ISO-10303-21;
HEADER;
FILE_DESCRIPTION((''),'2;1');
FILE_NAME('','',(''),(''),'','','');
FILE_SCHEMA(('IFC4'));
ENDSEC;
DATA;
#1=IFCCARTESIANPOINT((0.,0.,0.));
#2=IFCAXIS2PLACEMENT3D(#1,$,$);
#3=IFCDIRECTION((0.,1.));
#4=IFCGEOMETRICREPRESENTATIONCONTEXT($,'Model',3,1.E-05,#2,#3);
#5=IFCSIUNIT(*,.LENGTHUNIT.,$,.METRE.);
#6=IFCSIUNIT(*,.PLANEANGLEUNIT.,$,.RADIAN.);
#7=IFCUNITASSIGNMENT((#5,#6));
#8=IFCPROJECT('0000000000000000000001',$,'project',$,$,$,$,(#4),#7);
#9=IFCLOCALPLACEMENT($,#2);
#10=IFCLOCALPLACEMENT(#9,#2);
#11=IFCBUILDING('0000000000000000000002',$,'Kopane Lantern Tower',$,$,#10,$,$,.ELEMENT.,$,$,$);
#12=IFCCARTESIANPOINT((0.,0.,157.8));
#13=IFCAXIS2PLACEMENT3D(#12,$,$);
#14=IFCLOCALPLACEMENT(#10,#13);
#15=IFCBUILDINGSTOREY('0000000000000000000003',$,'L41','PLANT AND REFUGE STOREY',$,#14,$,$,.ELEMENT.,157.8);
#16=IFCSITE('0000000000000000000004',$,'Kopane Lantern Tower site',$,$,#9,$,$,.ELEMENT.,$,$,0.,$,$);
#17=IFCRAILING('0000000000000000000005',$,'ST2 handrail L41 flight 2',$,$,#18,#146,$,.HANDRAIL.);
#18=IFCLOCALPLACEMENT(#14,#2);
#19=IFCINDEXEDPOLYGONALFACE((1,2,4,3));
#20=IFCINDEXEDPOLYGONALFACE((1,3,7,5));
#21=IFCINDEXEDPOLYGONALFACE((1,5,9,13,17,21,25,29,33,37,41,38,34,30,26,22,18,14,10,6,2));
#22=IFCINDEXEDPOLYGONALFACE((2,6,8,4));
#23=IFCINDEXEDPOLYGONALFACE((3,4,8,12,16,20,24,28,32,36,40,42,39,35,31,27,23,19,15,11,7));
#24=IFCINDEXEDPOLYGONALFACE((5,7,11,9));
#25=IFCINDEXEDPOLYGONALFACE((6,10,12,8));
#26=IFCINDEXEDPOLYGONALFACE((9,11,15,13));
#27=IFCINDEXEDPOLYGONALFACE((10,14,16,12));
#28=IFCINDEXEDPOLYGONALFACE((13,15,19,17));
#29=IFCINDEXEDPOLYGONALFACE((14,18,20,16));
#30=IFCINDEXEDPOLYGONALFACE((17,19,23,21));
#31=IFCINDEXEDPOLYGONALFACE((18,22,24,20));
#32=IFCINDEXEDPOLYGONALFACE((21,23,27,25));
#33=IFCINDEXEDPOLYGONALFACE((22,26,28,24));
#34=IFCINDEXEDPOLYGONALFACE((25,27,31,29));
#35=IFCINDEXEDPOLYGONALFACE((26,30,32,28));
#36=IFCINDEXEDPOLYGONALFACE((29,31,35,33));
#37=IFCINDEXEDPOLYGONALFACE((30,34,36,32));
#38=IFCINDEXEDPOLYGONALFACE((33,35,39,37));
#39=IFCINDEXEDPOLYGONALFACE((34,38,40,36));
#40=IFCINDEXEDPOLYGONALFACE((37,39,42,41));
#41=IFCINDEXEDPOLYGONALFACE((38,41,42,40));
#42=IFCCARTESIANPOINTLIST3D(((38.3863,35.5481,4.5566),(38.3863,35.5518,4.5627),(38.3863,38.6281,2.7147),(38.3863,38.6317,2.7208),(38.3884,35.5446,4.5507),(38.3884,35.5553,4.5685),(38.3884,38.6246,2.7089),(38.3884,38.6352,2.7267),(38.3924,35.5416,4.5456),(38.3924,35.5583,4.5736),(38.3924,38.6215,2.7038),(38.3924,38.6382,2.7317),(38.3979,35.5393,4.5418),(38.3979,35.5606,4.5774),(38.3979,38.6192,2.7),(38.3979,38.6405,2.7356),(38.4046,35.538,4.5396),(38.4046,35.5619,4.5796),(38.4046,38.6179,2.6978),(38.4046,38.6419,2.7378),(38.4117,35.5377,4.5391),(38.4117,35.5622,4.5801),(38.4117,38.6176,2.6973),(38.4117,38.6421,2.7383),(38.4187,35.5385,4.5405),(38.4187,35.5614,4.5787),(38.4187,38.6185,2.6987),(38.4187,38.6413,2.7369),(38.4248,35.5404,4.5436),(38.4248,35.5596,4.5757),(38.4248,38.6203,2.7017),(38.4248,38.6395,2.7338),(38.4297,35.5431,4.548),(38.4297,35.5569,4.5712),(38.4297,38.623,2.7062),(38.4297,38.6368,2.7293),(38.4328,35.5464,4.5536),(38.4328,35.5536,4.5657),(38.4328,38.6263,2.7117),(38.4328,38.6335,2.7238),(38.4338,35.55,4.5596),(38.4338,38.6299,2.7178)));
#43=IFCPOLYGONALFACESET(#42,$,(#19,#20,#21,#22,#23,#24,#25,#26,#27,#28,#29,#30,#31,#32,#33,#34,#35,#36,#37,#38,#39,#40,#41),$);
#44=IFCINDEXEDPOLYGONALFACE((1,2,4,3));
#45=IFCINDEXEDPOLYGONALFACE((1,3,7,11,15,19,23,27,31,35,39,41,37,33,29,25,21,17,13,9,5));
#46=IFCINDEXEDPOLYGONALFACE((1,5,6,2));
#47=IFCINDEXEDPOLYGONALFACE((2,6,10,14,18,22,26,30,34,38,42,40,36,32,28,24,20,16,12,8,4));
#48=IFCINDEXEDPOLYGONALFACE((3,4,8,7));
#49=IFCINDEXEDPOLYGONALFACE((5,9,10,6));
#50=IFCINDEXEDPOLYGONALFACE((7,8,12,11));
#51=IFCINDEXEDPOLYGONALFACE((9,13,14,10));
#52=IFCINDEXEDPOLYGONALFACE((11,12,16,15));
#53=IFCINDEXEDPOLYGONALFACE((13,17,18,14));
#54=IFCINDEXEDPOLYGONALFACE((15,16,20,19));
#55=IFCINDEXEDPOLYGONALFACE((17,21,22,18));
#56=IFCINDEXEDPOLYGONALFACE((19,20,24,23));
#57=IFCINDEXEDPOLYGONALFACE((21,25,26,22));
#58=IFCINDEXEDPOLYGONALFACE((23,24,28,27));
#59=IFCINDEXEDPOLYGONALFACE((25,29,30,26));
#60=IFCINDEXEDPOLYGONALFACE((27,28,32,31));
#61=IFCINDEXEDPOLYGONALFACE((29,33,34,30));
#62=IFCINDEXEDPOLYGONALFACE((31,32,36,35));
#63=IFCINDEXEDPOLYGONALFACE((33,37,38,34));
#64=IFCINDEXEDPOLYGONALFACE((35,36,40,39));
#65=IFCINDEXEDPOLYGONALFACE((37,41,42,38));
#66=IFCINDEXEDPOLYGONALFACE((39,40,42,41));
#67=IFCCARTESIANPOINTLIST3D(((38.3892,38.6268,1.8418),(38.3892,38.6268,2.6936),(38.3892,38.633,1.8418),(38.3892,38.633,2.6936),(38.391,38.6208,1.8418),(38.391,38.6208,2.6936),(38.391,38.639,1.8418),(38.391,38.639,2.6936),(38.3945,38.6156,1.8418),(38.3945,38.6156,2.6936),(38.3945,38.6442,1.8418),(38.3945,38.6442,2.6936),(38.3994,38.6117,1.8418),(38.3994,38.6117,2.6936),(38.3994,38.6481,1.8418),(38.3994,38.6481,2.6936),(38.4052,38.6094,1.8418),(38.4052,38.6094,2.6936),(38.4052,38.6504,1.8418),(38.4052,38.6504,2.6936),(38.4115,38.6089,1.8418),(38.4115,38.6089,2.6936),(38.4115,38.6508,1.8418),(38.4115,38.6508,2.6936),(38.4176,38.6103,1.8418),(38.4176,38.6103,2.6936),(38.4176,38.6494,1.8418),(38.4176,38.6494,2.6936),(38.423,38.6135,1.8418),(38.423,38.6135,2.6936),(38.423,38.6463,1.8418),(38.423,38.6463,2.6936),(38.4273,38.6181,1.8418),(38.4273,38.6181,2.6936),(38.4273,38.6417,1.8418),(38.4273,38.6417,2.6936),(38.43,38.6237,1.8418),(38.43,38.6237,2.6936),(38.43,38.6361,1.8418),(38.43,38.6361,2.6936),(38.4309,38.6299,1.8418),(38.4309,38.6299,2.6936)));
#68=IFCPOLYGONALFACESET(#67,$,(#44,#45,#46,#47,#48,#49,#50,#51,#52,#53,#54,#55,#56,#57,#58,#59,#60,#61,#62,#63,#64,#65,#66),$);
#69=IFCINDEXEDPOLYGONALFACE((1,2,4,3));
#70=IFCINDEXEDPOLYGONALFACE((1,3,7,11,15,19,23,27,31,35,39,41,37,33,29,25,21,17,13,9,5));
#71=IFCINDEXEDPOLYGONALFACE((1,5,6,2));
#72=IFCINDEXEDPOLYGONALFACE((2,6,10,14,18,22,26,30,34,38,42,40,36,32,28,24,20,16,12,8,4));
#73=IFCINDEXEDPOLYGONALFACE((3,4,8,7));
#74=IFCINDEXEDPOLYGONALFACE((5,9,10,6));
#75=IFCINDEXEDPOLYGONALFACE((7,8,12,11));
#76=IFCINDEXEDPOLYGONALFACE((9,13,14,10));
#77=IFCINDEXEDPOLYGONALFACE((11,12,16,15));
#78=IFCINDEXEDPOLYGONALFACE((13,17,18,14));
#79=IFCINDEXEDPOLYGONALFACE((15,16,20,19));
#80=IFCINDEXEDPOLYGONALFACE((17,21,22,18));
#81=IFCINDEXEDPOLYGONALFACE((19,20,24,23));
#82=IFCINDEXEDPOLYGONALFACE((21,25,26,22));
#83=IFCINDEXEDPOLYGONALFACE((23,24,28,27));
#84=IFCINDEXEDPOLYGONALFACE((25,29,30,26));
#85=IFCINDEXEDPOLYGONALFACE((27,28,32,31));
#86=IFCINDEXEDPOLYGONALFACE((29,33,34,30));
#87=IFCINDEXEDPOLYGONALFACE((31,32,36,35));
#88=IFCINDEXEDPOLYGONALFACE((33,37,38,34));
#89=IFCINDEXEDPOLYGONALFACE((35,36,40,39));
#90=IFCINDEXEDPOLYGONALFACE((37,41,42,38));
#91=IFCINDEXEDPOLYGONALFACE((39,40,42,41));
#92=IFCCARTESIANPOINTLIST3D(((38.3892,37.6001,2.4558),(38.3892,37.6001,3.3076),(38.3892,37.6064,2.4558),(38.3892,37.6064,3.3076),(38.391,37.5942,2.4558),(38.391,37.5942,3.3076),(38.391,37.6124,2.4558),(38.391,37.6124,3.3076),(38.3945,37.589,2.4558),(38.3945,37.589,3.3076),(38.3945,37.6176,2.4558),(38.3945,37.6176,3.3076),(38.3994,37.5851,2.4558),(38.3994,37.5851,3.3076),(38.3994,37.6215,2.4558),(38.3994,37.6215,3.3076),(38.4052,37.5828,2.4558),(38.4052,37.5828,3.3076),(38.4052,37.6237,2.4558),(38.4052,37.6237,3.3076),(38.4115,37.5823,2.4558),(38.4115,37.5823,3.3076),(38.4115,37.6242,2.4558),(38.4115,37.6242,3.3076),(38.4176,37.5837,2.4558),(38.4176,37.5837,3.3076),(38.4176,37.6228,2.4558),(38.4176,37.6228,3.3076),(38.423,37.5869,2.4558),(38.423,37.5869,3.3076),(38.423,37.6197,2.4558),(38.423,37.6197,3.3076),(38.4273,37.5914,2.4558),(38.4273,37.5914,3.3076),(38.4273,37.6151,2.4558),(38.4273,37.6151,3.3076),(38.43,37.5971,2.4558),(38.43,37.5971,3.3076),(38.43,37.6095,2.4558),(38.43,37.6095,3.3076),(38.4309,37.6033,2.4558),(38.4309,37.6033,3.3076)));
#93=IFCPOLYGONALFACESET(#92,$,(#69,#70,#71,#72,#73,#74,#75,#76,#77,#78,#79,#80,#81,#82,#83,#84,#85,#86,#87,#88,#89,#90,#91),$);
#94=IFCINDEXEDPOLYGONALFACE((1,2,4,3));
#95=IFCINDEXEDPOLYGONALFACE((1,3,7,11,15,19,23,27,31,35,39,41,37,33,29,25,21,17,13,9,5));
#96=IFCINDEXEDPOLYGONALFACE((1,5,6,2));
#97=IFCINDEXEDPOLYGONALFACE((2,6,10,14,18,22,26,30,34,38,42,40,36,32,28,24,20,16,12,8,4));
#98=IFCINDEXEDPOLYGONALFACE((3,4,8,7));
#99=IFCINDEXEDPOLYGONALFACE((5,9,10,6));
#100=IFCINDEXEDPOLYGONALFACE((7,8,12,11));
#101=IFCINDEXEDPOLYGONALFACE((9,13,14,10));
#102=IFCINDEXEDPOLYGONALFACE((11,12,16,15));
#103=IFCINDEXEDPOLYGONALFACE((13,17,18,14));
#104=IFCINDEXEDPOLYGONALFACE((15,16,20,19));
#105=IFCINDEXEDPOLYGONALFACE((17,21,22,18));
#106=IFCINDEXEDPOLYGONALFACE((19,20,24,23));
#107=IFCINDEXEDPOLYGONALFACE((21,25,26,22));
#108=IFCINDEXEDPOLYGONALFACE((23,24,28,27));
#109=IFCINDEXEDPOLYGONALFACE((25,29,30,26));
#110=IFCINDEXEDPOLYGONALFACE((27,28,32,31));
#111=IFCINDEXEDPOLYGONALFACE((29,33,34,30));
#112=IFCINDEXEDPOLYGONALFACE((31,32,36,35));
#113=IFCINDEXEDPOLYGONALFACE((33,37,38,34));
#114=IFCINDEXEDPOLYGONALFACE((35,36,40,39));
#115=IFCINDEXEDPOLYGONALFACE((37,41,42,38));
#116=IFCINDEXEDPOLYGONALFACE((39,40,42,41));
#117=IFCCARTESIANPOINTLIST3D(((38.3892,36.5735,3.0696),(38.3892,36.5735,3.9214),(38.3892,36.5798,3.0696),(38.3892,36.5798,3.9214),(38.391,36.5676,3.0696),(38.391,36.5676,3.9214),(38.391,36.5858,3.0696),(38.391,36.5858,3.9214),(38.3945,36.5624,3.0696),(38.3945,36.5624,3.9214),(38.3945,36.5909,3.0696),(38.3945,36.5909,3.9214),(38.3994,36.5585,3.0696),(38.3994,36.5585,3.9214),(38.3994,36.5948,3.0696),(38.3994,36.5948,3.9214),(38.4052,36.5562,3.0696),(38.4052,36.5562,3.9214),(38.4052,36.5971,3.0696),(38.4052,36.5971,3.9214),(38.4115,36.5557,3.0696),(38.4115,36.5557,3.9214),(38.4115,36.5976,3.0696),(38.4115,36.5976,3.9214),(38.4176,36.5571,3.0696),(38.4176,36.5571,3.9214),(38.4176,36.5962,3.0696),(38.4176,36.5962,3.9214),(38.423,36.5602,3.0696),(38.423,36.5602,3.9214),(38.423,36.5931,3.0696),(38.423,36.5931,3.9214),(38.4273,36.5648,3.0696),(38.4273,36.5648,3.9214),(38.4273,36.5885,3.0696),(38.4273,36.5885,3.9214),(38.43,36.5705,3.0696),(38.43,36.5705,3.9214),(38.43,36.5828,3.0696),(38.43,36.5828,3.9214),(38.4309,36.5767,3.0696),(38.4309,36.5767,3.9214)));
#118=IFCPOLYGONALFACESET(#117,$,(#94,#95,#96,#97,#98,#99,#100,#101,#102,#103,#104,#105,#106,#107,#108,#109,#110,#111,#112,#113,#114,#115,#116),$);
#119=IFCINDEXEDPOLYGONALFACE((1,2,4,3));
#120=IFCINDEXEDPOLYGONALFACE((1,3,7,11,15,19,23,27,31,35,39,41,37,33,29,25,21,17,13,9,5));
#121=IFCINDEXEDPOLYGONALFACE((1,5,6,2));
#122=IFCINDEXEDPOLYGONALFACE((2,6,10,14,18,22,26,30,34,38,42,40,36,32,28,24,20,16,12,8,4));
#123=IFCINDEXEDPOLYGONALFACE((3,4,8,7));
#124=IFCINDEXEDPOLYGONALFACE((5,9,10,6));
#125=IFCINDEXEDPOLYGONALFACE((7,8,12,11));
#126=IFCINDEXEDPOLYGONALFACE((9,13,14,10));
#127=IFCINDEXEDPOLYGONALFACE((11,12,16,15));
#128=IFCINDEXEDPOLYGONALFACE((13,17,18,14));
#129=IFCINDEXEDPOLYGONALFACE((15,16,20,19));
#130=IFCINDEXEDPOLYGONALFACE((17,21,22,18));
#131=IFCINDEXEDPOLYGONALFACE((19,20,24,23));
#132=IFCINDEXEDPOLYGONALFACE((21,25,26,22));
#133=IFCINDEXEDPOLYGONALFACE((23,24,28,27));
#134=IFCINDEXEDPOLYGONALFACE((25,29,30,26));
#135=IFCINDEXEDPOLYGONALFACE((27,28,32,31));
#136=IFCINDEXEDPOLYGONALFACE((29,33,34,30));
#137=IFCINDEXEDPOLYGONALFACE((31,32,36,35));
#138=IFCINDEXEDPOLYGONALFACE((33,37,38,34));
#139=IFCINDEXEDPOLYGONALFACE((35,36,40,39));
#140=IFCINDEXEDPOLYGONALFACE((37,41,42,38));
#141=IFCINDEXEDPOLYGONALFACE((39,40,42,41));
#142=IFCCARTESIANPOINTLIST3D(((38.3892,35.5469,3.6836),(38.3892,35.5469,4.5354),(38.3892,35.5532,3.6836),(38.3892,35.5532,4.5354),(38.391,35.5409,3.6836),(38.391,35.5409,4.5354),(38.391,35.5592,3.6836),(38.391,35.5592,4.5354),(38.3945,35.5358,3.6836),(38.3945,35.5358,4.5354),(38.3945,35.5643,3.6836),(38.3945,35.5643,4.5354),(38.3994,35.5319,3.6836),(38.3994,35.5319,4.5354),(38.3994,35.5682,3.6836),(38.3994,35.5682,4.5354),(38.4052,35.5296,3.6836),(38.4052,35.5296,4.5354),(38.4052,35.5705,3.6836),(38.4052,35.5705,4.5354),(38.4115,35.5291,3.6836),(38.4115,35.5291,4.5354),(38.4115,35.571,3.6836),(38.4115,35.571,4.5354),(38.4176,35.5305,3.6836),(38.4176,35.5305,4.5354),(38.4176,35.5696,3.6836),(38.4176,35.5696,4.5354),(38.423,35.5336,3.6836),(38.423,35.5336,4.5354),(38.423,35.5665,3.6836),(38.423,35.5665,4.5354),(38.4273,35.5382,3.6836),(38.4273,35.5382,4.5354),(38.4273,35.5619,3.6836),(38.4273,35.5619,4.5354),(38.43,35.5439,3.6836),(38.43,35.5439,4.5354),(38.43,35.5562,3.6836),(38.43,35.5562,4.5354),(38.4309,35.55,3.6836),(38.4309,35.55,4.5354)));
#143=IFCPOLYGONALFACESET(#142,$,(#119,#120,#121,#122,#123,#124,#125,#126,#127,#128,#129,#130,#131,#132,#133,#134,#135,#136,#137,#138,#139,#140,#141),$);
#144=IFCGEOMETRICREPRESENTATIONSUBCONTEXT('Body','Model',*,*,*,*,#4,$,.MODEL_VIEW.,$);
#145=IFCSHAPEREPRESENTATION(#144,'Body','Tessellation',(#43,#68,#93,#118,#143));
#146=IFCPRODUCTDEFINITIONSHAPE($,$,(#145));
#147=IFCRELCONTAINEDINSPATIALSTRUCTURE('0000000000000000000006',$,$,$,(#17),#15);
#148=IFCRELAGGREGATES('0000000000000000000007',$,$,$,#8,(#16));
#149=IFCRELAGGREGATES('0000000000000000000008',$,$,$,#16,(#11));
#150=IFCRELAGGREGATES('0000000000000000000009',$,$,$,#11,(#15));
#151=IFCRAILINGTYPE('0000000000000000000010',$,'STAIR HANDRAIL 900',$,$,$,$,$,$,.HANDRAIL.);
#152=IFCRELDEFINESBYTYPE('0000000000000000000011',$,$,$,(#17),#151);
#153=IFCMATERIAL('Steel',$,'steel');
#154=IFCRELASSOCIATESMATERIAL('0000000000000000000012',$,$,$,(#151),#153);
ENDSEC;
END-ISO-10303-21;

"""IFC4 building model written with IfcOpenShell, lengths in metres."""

from ifc_helpers import new_model, si_unit, direction, frame, origin, origin_2d, place, context, subcontext, project, spatial, circle, extrude, material, type_object, element, save


model = new_model("IFC4")

# Units and contexts
model_context = context("Model", 3, precision=1e-05, world=origin(), true_north=direction((0.0, 1.0)))
body_context = subcontext(model_context, "Body", "Model", "MODEL_VIEW")
ifc_project = project(units=[si_unit("LENGTHUNIT", "METRE"), si_unit("PLANEANGLEUNIT", "RADIAN")], contexts=[model_context])

# Site, building, storey
site_placement = place(None, origin())
site = spatial("IfcSite", under=ifc_project, at=site_placement, Name="Kopane Lantern Tower site", CompositionType="ELEMENT", RefElevation=0.0)
building_placement = place(site_placement, origin())
building = spatial("IfcBuilding", under=site, at=building_placement, Name="Kopane Lantern Tower", CompositionType="ELEMENT")
storey_placement = place(building_placement, frame((0.0, 0.0, 157.8)))
storey = spatial("IfcBuildingStorey", under=building, at=storey_placement, Name="L41", Description="PLANT AND REFUGE STOREY", CompositionType="ELEMENT", Elevation=157.8)

# Railing
ifc_material_1 = material(Name="Steel", Category="steel")
railing_type_1 = type_object("IfcRailingType", Name="STAIR HANDRAIL 900", PredefinedType="HANDRAIL", material=ifc_material_1)
for number, where, name in (
    (1, (38.4099, 38.6299, 1.8418), "ST2 handrail L41 flight 2"),
):
    element("IfcRailing", number, at=place(storey_placement, frame(where)), inside=storey, type_object=railing_type_1, Name=name, PredefinedType="HANDRAIL", context=body_context, shape_type="SweptSolid", body=[
        extrude(circle(Radius=0.0239, at=origin_2d()), frame((0.0, 0.0, 0.876), z_axis=(0.0, -0.858242, 0.513245), x_axis=(1.0, 0.0, 0.0)), (0.0, 0.0, 1.0), 3.5886),
        extrude(circle(Radius=0.021, at=origin_2d()), origin(), (0.0, 0.0, 1.0), 0.8518),
        extrude(circle(Radius=0.021, at=origin_2d()), frame((0.0, -1.0266, 0.614)), (0.0, 0.0, 1.0), 0.8518),
        extrude(circle(Radius=0.021, at=origin_2d()), frame((0.0, -2.0532, 1.2278)), (0.0, 0.0, 1.0), 0.8518),
        extrude(circle(Radius=0.021, at=origin_2d()), frame((0.0, -3.0798, 1.8418)), (0.0, 0.0, 1.0), 0.8518),
    ])

save(model, "model.ifc")
